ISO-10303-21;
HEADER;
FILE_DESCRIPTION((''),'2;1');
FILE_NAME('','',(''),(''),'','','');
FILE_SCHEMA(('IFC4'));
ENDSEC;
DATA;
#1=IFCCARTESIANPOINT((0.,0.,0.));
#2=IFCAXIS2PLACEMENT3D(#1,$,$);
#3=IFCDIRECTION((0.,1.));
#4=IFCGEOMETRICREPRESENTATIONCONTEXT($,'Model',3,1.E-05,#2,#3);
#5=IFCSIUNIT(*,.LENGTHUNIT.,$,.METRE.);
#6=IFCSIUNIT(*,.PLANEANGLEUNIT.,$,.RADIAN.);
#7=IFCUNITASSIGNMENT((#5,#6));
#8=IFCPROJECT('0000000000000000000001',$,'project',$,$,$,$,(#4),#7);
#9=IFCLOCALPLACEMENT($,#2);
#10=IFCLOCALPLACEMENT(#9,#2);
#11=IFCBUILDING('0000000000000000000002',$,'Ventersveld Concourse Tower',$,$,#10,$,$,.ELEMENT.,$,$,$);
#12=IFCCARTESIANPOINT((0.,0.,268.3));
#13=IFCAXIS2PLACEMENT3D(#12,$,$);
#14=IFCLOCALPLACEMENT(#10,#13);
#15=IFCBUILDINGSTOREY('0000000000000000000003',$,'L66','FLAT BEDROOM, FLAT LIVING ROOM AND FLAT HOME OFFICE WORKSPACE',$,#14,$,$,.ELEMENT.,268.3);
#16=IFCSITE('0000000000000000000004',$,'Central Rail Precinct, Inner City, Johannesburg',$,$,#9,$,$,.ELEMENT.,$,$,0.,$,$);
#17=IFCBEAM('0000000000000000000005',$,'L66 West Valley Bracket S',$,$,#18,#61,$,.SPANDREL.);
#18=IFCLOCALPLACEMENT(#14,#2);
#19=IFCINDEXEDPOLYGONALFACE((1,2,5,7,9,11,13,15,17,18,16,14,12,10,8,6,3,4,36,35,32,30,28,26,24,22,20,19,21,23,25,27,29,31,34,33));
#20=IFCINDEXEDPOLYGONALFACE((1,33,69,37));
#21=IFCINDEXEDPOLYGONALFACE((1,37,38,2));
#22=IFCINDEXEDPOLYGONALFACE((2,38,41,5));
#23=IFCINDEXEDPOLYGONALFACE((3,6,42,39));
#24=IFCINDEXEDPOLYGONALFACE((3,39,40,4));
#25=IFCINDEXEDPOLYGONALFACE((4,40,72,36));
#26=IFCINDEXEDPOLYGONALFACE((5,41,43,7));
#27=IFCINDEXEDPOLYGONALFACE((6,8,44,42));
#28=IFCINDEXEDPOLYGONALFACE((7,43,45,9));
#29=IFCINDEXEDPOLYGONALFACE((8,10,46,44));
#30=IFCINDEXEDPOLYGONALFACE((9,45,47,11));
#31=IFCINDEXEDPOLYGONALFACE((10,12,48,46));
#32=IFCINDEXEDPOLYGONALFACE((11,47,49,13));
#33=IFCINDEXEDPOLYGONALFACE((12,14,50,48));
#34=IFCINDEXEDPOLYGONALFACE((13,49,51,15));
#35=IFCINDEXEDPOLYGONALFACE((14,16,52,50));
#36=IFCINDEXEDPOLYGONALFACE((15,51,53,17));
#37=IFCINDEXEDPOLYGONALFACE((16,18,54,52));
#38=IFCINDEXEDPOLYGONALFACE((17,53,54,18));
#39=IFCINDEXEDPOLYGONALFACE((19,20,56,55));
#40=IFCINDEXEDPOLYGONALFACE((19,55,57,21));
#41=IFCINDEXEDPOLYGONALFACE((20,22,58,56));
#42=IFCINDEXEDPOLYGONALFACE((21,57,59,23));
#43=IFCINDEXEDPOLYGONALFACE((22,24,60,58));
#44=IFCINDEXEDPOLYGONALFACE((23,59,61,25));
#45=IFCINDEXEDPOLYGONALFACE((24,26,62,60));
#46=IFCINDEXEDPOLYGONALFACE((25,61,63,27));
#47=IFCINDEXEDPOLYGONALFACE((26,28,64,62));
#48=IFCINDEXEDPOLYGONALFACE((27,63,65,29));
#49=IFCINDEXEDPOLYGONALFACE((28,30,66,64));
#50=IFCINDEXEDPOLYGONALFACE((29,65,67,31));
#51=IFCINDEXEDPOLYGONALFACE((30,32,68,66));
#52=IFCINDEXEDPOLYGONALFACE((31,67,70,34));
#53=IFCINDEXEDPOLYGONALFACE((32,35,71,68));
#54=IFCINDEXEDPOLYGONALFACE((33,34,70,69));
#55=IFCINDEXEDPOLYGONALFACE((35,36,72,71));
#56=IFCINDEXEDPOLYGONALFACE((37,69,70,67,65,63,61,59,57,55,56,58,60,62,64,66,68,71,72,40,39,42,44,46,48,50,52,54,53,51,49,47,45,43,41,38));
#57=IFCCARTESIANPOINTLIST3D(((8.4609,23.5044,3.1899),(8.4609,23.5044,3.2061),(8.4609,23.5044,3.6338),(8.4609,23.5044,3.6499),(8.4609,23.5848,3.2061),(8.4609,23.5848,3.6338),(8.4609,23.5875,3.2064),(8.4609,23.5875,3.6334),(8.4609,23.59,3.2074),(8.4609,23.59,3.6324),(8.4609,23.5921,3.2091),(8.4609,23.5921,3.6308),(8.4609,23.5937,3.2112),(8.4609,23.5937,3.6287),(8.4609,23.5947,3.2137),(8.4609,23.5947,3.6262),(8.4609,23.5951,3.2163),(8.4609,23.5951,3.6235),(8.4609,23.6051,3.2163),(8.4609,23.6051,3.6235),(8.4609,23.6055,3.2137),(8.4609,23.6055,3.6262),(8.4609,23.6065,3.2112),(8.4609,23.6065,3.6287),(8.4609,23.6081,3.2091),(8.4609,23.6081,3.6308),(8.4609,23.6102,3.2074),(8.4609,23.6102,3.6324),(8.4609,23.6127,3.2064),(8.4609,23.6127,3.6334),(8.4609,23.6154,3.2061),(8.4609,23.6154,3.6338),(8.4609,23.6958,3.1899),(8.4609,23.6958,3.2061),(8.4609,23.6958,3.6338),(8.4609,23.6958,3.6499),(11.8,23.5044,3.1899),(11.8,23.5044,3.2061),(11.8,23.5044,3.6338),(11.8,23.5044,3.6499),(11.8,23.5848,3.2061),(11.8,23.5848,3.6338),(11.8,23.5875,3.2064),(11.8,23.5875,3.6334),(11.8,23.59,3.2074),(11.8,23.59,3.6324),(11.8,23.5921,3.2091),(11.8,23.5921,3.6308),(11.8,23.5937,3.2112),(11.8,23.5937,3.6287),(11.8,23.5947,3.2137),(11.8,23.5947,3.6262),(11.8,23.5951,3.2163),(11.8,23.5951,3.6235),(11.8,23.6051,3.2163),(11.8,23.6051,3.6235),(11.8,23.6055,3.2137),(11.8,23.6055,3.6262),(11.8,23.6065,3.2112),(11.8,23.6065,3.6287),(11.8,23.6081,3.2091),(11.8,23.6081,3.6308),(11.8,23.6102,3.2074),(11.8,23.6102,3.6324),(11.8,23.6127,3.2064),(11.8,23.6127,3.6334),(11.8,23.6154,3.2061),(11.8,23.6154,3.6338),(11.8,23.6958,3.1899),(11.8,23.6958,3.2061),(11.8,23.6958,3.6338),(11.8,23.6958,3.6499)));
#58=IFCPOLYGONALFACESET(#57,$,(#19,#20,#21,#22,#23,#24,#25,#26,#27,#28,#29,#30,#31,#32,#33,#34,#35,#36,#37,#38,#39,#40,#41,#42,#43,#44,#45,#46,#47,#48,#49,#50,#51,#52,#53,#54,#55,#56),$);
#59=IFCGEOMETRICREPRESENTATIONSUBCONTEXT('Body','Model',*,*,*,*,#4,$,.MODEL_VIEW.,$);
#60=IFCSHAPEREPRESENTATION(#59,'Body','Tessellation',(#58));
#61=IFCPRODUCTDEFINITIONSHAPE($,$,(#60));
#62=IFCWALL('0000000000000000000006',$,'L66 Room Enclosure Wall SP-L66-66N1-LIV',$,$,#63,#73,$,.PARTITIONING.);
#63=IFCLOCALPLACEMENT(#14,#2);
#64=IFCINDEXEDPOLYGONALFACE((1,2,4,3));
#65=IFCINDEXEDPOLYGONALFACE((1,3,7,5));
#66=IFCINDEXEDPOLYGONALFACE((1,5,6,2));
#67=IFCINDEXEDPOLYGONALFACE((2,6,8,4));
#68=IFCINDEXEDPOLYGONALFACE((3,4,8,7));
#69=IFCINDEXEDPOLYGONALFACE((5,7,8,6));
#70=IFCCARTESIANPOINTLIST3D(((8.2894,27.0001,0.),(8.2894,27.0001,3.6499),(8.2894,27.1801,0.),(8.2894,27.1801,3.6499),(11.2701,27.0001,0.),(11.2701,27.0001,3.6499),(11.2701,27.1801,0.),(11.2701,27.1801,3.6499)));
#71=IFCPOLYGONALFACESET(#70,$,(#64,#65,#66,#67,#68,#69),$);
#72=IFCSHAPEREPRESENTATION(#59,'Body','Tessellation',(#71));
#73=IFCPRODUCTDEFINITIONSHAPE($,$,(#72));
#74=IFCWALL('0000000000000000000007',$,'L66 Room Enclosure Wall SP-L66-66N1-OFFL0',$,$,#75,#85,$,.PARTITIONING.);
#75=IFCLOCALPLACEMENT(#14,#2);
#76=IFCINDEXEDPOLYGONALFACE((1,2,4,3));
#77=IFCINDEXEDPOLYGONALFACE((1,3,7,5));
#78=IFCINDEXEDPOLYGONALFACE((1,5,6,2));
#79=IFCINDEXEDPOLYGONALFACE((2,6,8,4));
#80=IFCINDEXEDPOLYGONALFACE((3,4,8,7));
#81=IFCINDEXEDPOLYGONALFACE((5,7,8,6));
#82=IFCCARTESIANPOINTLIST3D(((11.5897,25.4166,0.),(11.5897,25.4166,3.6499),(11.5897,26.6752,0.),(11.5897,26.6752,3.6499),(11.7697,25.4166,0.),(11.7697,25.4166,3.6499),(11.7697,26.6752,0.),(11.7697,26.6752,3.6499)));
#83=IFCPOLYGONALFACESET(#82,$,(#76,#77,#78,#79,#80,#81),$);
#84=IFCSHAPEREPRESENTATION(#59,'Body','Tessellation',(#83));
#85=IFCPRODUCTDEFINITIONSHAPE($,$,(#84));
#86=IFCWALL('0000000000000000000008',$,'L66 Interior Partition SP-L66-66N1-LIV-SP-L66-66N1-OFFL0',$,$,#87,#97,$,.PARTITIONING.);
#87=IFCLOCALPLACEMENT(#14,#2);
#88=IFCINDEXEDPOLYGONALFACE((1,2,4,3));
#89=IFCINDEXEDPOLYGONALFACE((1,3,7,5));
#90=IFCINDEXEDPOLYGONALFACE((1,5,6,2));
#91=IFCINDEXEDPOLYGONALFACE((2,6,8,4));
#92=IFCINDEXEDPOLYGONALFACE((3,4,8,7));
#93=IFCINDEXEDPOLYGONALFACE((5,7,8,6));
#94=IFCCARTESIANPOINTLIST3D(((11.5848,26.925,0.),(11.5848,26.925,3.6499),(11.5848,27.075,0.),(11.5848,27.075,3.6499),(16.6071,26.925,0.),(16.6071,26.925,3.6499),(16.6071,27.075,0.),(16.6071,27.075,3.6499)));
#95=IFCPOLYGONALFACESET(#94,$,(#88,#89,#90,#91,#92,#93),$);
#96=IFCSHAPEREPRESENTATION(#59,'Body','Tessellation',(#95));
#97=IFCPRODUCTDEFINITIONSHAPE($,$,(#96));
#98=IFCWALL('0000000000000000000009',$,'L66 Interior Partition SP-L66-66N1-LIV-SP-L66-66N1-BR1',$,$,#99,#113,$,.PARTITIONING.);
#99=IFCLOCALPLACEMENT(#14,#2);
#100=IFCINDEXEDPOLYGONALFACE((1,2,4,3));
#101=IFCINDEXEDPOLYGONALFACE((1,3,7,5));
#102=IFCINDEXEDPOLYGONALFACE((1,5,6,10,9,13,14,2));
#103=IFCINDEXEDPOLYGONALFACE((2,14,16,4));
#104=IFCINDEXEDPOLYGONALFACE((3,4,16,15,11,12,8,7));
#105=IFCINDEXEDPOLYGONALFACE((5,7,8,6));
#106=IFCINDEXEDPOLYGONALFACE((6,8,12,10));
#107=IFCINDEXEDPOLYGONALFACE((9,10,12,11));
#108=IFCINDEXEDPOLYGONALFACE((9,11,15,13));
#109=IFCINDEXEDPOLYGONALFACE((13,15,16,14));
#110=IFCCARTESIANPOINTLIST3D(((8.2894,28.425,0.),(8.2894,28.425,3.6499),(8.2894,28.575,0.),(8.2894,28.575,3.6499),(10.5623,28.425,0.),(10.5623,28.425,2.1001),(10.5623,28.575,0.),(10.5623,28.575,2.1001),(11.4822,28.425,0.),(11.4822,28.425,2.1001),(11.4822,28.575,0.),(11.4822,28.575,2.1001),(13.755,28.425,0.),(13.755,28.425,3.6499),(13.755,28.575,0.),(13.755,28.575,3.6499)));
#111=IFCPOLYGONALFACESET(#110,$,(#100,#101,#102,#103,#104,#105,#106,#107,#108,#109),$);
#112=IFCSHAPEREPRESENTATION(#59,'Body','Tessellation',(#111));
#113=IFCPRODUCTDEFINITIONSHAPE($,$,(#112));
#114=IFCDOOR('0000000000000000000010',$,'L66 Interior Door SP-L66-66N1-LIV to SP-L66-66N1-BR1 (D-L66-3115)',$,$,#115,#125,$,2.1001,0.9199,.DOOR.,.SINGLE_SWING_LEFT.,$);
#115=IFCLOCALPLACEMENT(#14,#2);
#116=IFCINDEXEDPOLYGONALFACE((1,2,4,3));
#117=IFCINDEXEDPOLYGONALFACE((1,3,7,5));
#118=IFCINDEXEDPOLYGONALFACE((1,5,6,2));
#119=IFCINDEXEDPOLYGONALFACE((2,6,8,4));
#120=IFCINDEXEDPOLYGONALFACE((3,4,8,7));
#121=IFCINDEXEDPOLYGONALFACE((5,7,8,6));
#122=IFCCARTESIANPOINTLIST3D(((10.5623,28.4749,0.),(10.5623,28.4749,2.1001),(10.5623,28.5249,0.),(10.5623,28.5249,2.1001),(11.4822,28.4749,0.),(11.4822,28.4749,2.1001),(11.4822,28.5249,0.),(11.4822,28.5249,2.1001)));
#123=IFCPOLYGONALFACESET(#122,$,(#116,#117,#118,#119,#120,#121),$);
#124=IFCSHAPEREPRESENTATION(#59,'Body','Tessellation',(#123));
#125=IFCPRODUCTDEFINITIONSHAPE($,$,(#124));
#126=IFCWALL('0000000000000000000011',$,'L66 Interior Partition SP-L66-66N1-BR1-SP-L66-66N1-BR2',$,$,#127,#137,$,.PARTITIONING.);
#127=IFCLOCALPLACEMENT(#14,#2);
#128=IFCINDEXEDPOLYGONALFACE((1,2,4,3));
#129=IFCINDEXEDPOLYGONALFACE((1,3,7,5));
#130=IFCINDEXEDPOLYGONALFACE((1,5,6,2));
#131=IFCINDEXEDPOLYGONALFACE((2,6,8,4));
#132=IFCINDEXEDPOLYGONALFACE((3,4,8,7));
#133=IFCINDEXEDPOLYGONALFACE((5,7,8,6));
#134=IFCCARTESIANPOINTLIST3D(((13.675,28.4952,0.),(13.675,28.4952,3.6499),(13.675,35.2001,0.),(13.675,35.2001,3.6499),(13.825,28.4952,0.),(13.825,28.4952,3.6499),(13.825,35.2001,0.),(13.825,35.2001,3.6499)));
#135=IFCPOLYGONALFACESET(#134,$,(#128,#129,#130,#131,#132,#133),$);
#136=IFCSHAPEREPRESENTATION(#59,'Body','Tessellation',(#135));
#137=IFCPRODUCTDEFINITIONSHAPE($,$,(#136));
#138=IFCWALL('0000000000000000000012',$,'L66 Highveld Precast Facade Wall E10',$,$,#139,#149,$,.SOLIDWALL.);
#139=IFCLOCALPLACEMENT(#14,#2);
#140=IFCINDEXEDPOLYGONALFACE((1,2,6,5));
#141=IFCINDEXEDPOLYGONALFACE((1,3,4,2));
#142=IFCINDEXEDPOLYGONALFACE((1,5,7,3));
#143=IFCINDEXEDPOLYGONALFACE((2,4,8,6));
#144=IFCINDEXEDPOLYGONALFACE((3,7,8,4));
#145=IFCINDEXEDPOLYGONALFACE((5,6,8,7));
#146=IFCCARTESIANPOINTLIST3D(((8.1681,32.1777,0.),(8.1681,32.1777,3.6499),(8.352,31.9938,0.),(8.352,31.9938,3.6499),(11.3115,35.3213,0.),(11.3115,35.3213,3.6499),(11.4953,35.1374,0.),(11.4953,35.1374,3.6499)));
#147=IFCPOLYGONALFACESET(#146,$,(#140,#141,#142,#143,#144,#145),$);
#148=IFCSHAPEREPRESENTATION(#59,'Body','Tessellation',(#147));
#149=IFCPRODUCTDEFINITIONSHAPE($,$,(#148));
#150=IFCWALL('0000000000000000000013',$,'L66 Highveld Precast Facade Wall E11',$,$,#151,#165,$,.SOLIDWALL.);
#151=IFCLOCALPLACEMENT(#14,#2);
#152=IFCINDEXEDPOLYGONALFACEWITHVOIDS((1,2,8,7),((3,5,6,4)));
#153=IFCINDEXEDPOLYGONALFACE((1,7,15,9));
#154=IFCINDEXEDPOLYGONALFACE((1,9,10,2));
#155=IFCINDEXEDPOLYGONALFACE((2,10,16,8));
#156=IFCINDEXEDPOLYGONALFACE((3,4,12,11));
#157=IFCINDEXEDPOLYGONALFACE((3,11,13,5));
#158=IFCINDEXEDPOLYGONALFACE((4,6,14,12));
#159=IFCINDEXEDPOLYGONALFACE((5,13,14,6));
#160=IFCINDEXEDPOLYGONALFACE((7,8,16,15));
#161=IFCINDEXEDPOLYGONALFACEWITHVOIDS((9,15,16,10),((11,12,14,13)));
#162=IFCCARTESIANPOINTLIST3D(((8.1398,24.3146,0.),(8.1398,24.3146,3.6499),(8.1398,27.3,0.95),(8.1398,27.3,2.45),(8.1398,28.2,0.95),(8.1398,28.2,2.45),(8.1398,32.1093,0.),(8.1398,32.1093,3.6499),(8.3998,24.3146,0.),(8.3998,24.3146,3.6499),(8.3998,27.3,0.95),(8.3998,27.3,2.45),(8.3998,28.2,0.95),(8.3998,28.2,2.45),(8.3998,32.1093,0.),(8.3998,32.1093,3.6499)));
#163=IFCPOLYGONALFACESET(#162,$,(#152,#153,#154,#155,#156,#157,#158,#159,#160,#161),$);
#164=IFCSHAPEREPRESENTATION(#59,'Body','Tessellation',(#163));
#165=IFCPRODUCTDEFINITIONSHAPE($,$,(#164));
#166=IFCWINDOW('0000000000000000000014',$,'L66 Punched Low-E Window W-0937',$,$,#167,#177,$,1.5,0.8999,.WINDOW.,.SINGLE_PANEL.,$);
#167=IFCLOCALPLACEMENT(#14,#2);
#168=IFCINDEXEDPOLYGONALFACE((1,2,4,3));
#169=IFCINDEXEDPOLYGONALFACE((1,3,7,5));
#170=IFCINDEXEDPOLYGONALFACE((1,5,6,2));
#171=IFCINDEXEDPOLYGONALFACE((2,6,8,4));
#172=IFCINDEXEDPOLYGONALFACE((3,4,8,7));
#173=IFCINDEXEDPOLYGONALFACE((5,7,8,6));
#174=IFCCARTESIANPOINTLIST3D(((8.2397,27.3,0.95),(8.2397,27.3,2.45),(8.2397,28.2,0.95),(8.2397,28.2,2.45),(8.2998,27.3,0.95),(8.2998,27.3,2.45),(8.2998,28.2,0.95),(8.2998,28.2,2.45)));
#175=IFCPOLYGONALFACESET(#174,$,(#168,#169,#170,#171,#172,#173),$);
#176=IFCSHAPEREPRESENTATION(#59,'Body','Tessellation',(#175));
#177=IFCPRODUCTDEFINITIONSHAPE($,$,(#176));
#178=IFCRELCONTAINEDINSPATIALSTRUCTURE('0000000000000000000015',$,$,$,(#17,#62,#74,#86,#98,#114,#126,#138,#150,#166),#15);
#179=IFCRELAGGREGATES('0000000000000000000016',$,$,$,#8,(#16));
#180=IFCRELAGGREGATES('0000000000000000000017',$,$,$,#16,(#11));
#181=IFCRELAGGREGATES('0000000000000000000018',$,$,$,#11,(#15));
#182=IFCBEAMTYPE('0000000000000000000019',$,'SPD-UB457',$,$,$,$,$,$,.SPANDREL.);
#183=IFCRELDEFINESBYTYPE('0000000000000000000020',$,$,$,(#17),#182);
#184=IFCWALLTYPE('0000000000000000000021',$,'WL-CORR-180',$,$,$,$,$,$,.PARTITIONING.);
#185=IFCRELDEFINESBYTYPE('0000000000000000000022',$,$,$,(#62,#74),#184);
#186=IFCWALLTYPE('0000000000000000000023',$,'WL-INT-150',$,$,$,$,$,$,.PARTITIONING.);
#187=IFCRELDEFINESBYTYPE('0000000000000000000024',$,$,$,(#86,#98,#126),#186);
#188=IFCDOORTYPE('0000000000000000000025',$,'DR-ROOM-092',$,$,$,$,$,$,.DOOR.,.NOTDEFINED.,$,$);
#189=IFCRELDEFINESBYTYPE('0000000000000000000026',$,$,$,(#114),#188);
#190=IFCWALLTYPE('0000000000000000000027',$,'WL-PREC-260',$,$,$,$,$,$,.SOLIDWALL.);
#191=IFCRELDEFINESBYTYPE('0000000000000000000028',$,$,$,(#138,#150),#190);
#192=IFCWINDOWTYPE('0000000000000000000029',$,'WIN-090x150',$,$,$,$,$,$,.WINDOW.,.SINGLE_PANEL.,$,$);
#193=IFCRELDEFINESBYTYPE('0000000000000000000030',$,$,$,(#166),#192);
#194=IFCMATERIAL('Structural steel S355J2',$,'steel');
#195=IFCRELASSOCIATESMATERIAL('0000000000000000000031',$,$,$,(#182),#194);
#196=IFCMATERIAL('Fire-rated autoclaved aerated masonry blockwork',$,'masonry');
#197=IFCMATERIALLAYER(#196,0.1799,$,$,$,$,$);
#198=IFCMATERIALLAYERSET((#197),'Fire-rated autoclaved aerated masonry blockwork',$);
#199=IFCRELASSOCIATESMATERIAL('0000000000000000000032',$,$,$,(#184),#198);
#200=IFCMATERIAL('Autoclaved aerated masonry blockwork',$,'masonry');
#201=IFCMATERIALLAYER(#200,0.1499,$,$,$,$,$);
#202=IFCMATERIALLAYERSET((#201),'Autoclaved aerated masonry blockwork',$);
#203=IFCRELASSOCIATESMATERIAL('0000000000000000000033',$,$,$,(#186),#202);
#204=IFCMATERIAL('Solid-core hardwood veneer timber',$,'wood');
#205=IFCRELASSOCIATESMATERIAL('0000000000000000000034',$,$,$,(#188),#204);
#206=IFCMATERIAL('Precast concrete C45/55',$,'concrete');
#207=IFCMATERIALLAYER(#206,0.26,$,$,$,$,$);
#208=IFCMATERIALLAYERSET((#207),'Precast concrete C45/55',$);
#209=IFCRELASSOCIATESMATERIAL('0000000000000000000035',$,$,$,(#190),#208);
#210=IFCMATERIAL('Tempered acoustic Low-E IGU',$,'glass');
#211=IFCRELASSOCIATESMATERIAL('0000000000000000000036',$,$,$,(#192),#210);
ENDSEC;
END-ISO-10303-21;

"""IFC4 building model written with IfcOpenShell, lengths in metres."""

from ifc_helpers import new_model, si_unit, direction, frame, frame_2d, origin, origin_2d, place, context, subcontext, project, spatial, rectangle, i_section, extrude, material, layer, layer_set, material_profile, profile_set, type_object, element, fill, save


model = new_model("IFC4")

# Units and contexts
model_context = context("Model", 3, precision=1e-05, world=origin(), true_north=direction((0.0, 1.0)))
body_context = subcontext(model_context, "Body", "Model", "MODEL_VIEW")
ifc_project = project(units=[si_unit("LENGTHUNIT", "METRE"), si_unit("PLANEANGLEUNIT", "RADIAN")], contexts=[model_context])

# Site, building, storey
site_placement = place(None, origin())
site = spatial("IfcSite", under=ifc_project, at=site_placement, Name="Central Rail Precinct, Inner City, Johannesburg", CompositionType="ELEMENT", RefElevation=0.0)
building_placement = place(site_placement, origin())
building = spatial("IfcBuilding", under=site, at=building_placement, Name="Ventersveld Concourse Tower", CompositionType="ELEMENT")
storey_placement = place(building_placement, frame((0.0, 0.0, 268.3)))
storey = spatial("IfcBuildingStorey", under=building, at=storey_placement, Name="L66", Description="FLAT BEDROOM, FLAT LIVING ROOM AND FLAT HOME OFFICE WORKSPACE", CompositionType="ELEMENT", Elevation=268.3)

# Beam
ifc_material_1 = material(Name="Structural steel S355J2", Category="steel")
ifc_material_profile_1 = material_profile(ifc_material_1, i_section(OverallWidth=0.1914, OverallDepth=0.46, WebThickness=0.01, FlangeThickness=0.0161, FilletRadius=0.0103, at=origin_2d()), Name="UB 457x191x82")
ifc_profile_set_1 = profile_set([ifc_material_profile_1], Name="Structural steel S355J2")
beam_type_1 = type_object("IfcBeamType", Name="SPD-UB457", PredefinedType="SPANDREL", material=ifc_profile_set_1)
beam_1_placement = place(storey_placement, frame((8.4609, 23.6001, 3.4199), z_axis=(1.0, 0.0, 0.0), x_axis=(0.0, 1.0, 0.0)))
element("IfcBeam", 1, at=beam_1_placement, inside=storey, type_object=beam_type_1, Name="L66 West Valley Bracket S", PredefinedType="SPANDREL", context=body_context, shape_type="SweptSolid", body=[
    extrude(i_section(OverallWidth=0.1914, OverallDepth=0.46, WebThickness=0.01, FlangeThickness=0.0161, FilletRadius=0.0103, at=origin_2d()), origin(), (0.0, 0.0, 1.0), 3.3391),
])

# Walls
ifc_material_2 = material(Name="Fire-rated autoclaved aerated masonry blockwork", Category="masonry")
ifc_layer_1 = layer(ifc_material_2, 0.1799)
ifc_layer_set_1 = layer_set([ifc_layer_1], Name="Fire-rated autoclaved aerated masonry blockwork")
wall_type_1 = type_object("IfcWallType", Name="WL-CORR-180", PredefinedType="PARTITIONING", material=ifc_layer_set_1)
wall_1_placement = place(storey_placement, frame((11.27, 27.0901, 0.0), z_axis=(0.0, 0.0, 1.0), x_axis=(-1.0, 0.0, 0.0)))
element("IfcWall", 2, at=wall_1_placement, inside=storey, type_object=wall_type_1, Name="L66 Room Enclosure Wall SP-L66-66N1-LIV", PredefinedType="PARTITIONING", context=body_context, shape_type="SweptSolid", body=[
    extrude(rectangle(XDim=2.9807, YDim=0.1799, at=frame_2d((1.4902, 0.0))), origin(), (0.0, 0.0, 1.0), 3.6499),
])
wall_2_placement = place(storey_placement, frame((11.6797, 25.4165, 0.0), z_axis=(0.0, 0.0, 1.0), x_axis=(0.0, 1.0, 0.0)))
element("IfcWall", 3, at=wall_2_placement, inside=storey, type_object=wall_type_1, Name="L66 Room Enclosure Wall SP-L66-66N1-OFFL0", PredefinedType="PARTITIONING", context=body_context, shape_type="SweptSolid", body=[
    extrude(rectangle(XDim=1.2585, YDim=0.1799, at=frame_2d((0.6294, 0.0))), origin(), (0.0, 0.0, 1.0), 3.6499),
])
ifc_material_3 = material(Name="Autoclaved aerated masonry blockwork", Category="masonry")
ifc_layer_2 = layer(ifc_material_3, 0.1499)
ifc_layer_set_2 = layer_set([ifc_layer_2], Name="Autoclaved aerated masonry blockwork")
wall_type_2 = type_object("IfcWallType", Name="WL-INT-150", PredefinedType="PARTITIONING", material=ifc_layer_set_2)
wall_3_placement = place(storey_placement, frame((11.5847, 27.0, 0.0), z_axis=(0.0, 0.0, 1.0), x_axis=(1.0, 0.0, 0.0)))
element("IfcWall", 4, at=wall_3_placement, inside=storey, type_object=wall_type_2, Name="L66 Interior Partition SP-L66-66N1-LIV-SP-L66-66N1-OFFL0", PredefinedType="PARTITIONING", context=body_context, shape_type="SweptSolid", body=[
    extrude(rectangle(XDim=5.0222, YDim=0.1499, at=frame_2d((2.5112, 0.0))), origin(), (0.0, 0.0, 1.0), 3.6499),
])

# Wall, opening, door
wall_4_placement = place(storey_placement, frame((8.2893, 28.5, 0.0), z_axis=(0.0, 0.0, 1.0), x_axis=(1.0, 0.0, 0.0)))
wall_4 = element("IfcWall", 5, at=wall_4_placement, inside=storey, type_object=wall_type_2, Name="L66 Interior Partition SP-L66-66N1-LIV-SP-L66-66N1-BR1", PredefinedType="PARTITIONING", context=body_context, shape_type="SweptSolid", body=[
    extrude(rectangle(XDim=5.4656, YDim=0.1499, at=frame_2d((2.7329, 0.0))), origin(), (0.0, 0.0, 1.0), 3.6499),
])
opening_1_placement = place(wall_4_placement, frame((2.2729, 0.0, 0.0)))
opening_1 = element("IfcOpeningElement", 6, at=opening_1_placement, cuts=wall_4, PredefinedType="OPENING", context=body_context, shape_type="SweptSolid", body=[
    extrude(rectangle(XDim=0.9199, YDim=2.1001, at=frame_2d((0.46, 1.05))), frame((0.0, 0.085, 0.0), z_axis=(0.0, -1.0, 0.0), x_axis=(1.0, 0.0, 0.0)), (0.0, 0.0, 1.0), 0.1699),
])
ifc_material_4 = material(Name="Solid-core hardwood veneer timber", Category="wood")
door_type_1 = type_object("IfcDoorType", Name="DR-ROOM-092", OperationType="NOTDEFINED", PredefinedType="DOOR", material=ifc_material_4)
door_1_placement = place(opening_1_placement, origin())
door_1 = element("IfcDoor", 7, at=door_1_placement, inside=storey, type_object=door_type_1, Name="L66 Interior Door SP-L66-66N1-LIV to SP-L66-66N1-BR1 (D-L66-3115)", OperationType="SINGLE_SWING_LEFT", OverallHeight=2.1001, OverallWidth=0.9199, PredefinedType="DOOR", context=body_context, shape_type="SweptSolid", body=[
    extrude(rectangle(XDim=0.9199, YDim=2.1001, at=frame_2d((0.46, 1.05))), frame((0.0, 0.0249, 0.0), z_axis=(0.0, -1.0, 0.0), x_axis=(1.0, 0.0, 0.0)), (0.0, 0.0, 1.0), 0.05),
])
fill(opening_1, door_1)

# Walls
wall_5_placement = place(storey_placement, frame((13.75, 28.4951, 0.0), z_axis=(0.0, 0.0, 1.0), x_axis=(0.0, 1.0, 0.0)))
element("IfcWall", 8, at=wall_5_placement, inside=storey, type_object=wall_type_2, Name="L66 Interior Partition SP-L66-66N1-BR1-SP-L66-66N1-BR2", PredefinedType="PARTITIONING", context=body_context, shape_type="SweptSolid", body=[
    extrude(rectangle(XDim=6.7048, YDim=0.1499, at=frame_2d((3.3525, 0.0))), origin(), (0.0, 0.0, 1.0), 3.6499),
])
ifc_material_5 = material(Name="Precast concrete C45/55", Category="concrete")
ifc_layer_3 = layer(ifc_material_5, 0.26)
ifc_layer_set_3 = layer_set([ifc_layer_3], Name="Precast concrete C45/55")
wall_type_3 = type_object("IfcWallType", Name="WL-PREC-260", PredefinedType="SOLIDWALL", material=ifc_layer_set_3)
wall_6_placement = place(storey_placement, frame((11.4033, 35.2292, 0.0), z_axis=(0.0, 0.0, 1.0), x_axis=(-0.707079, -0.707134, 0.0)))
element("IfcWall", 9, at=wall_6_placement, inside=storey, type_object=wall_type_3, Name="L66 Highveld Precast Facade Wall E10", PredefinedType="SOLIDWALL", context=body_context, shape_type="SweptSolid", body=[
    extrude(rectangle(XDim=4.4456, YDim=0.26, at=frame_2d((2.2227, 0.0))), origin(), (0.0, 0.0, 1.0), 3.6499),
])

# Wall, opening, window
wall_7_placement = place(storey_placement, frame((8.2698, 32.1094, 0.0), z_axis=(0.0, 0.0, 1.0), x_axis=(0.0, -1.0, 0.0)))
wall_7 = element("IfcWall", 10, at=wall_7_placement, inside=storey, type_object=wall_type_3, Name="L66 Highveld Precast Facade Wall E11", PredefinedType="SOLIDWALL", context=body_context, shape_type="SweptSolid", body=[
    extrude(rectangle(XDim=7.7947, YDim=0.26, at=frame_2d((3.8975, 0.0))), origin(), (0.0, 0.0, 1.0), 3.6499),
])
opening_2_placement = place(wall_7_placement, frame((3.9094, 0.0, 0.95)))
opening_2 = element("IfcOpeningElement", 11, at=opening_2_placement, cuts=wall_7, PredefinedType="OPENING", context=body_context, shape_type="SweptSolid", body=[
    extrude(rectangle(XDim=0.8999, YDim=1.5, at=frame_2d((0.45, 0.75))), frame((0.0, 0.1401, 0.0), z_axis=(0.0, -1.0, 0.0), x_axis=(1.0, 0.0, 0.0)), (0.0, 0.0, 1.0), 0.28),
])
ifc_material_6 = material(Name="Tempered acoustic Low-E IGU", Category="glass")
window_type = type_object("IfcWindowType", Name="WIN-090x150", PartitioningType="SINGLE_PANEL", PredefinedType="WINDOW", material=ifc_material_6)
window_placement = place(opening_2_placement, origin())
window = element("IfcWindow", 12, at=window_placement, inside=storey, type_object=window_type, Name="L66 Punched Low-E Window W-0937", OverallHeight=1.5, OverallWidth=0.8999, PartitioningType="SINGLE_PANEL", PredefinedType="WINDOW", context=body_context, shape_type="SweptSolid", body=[
    extrude(rectangle(XDim=0.8999, YDim=1.5, at=frame_2d((0.45, 0.75))), frame((0.0, 0.03, 0.0), z_axis=(0.0, -1.0, 0.0), x_axis=(1.0, 0.0, 0.0)), (0.0, 0.0, 1.0), 0.0601),
])
fill(opening_2, window)

save(model, "model.ifc")
